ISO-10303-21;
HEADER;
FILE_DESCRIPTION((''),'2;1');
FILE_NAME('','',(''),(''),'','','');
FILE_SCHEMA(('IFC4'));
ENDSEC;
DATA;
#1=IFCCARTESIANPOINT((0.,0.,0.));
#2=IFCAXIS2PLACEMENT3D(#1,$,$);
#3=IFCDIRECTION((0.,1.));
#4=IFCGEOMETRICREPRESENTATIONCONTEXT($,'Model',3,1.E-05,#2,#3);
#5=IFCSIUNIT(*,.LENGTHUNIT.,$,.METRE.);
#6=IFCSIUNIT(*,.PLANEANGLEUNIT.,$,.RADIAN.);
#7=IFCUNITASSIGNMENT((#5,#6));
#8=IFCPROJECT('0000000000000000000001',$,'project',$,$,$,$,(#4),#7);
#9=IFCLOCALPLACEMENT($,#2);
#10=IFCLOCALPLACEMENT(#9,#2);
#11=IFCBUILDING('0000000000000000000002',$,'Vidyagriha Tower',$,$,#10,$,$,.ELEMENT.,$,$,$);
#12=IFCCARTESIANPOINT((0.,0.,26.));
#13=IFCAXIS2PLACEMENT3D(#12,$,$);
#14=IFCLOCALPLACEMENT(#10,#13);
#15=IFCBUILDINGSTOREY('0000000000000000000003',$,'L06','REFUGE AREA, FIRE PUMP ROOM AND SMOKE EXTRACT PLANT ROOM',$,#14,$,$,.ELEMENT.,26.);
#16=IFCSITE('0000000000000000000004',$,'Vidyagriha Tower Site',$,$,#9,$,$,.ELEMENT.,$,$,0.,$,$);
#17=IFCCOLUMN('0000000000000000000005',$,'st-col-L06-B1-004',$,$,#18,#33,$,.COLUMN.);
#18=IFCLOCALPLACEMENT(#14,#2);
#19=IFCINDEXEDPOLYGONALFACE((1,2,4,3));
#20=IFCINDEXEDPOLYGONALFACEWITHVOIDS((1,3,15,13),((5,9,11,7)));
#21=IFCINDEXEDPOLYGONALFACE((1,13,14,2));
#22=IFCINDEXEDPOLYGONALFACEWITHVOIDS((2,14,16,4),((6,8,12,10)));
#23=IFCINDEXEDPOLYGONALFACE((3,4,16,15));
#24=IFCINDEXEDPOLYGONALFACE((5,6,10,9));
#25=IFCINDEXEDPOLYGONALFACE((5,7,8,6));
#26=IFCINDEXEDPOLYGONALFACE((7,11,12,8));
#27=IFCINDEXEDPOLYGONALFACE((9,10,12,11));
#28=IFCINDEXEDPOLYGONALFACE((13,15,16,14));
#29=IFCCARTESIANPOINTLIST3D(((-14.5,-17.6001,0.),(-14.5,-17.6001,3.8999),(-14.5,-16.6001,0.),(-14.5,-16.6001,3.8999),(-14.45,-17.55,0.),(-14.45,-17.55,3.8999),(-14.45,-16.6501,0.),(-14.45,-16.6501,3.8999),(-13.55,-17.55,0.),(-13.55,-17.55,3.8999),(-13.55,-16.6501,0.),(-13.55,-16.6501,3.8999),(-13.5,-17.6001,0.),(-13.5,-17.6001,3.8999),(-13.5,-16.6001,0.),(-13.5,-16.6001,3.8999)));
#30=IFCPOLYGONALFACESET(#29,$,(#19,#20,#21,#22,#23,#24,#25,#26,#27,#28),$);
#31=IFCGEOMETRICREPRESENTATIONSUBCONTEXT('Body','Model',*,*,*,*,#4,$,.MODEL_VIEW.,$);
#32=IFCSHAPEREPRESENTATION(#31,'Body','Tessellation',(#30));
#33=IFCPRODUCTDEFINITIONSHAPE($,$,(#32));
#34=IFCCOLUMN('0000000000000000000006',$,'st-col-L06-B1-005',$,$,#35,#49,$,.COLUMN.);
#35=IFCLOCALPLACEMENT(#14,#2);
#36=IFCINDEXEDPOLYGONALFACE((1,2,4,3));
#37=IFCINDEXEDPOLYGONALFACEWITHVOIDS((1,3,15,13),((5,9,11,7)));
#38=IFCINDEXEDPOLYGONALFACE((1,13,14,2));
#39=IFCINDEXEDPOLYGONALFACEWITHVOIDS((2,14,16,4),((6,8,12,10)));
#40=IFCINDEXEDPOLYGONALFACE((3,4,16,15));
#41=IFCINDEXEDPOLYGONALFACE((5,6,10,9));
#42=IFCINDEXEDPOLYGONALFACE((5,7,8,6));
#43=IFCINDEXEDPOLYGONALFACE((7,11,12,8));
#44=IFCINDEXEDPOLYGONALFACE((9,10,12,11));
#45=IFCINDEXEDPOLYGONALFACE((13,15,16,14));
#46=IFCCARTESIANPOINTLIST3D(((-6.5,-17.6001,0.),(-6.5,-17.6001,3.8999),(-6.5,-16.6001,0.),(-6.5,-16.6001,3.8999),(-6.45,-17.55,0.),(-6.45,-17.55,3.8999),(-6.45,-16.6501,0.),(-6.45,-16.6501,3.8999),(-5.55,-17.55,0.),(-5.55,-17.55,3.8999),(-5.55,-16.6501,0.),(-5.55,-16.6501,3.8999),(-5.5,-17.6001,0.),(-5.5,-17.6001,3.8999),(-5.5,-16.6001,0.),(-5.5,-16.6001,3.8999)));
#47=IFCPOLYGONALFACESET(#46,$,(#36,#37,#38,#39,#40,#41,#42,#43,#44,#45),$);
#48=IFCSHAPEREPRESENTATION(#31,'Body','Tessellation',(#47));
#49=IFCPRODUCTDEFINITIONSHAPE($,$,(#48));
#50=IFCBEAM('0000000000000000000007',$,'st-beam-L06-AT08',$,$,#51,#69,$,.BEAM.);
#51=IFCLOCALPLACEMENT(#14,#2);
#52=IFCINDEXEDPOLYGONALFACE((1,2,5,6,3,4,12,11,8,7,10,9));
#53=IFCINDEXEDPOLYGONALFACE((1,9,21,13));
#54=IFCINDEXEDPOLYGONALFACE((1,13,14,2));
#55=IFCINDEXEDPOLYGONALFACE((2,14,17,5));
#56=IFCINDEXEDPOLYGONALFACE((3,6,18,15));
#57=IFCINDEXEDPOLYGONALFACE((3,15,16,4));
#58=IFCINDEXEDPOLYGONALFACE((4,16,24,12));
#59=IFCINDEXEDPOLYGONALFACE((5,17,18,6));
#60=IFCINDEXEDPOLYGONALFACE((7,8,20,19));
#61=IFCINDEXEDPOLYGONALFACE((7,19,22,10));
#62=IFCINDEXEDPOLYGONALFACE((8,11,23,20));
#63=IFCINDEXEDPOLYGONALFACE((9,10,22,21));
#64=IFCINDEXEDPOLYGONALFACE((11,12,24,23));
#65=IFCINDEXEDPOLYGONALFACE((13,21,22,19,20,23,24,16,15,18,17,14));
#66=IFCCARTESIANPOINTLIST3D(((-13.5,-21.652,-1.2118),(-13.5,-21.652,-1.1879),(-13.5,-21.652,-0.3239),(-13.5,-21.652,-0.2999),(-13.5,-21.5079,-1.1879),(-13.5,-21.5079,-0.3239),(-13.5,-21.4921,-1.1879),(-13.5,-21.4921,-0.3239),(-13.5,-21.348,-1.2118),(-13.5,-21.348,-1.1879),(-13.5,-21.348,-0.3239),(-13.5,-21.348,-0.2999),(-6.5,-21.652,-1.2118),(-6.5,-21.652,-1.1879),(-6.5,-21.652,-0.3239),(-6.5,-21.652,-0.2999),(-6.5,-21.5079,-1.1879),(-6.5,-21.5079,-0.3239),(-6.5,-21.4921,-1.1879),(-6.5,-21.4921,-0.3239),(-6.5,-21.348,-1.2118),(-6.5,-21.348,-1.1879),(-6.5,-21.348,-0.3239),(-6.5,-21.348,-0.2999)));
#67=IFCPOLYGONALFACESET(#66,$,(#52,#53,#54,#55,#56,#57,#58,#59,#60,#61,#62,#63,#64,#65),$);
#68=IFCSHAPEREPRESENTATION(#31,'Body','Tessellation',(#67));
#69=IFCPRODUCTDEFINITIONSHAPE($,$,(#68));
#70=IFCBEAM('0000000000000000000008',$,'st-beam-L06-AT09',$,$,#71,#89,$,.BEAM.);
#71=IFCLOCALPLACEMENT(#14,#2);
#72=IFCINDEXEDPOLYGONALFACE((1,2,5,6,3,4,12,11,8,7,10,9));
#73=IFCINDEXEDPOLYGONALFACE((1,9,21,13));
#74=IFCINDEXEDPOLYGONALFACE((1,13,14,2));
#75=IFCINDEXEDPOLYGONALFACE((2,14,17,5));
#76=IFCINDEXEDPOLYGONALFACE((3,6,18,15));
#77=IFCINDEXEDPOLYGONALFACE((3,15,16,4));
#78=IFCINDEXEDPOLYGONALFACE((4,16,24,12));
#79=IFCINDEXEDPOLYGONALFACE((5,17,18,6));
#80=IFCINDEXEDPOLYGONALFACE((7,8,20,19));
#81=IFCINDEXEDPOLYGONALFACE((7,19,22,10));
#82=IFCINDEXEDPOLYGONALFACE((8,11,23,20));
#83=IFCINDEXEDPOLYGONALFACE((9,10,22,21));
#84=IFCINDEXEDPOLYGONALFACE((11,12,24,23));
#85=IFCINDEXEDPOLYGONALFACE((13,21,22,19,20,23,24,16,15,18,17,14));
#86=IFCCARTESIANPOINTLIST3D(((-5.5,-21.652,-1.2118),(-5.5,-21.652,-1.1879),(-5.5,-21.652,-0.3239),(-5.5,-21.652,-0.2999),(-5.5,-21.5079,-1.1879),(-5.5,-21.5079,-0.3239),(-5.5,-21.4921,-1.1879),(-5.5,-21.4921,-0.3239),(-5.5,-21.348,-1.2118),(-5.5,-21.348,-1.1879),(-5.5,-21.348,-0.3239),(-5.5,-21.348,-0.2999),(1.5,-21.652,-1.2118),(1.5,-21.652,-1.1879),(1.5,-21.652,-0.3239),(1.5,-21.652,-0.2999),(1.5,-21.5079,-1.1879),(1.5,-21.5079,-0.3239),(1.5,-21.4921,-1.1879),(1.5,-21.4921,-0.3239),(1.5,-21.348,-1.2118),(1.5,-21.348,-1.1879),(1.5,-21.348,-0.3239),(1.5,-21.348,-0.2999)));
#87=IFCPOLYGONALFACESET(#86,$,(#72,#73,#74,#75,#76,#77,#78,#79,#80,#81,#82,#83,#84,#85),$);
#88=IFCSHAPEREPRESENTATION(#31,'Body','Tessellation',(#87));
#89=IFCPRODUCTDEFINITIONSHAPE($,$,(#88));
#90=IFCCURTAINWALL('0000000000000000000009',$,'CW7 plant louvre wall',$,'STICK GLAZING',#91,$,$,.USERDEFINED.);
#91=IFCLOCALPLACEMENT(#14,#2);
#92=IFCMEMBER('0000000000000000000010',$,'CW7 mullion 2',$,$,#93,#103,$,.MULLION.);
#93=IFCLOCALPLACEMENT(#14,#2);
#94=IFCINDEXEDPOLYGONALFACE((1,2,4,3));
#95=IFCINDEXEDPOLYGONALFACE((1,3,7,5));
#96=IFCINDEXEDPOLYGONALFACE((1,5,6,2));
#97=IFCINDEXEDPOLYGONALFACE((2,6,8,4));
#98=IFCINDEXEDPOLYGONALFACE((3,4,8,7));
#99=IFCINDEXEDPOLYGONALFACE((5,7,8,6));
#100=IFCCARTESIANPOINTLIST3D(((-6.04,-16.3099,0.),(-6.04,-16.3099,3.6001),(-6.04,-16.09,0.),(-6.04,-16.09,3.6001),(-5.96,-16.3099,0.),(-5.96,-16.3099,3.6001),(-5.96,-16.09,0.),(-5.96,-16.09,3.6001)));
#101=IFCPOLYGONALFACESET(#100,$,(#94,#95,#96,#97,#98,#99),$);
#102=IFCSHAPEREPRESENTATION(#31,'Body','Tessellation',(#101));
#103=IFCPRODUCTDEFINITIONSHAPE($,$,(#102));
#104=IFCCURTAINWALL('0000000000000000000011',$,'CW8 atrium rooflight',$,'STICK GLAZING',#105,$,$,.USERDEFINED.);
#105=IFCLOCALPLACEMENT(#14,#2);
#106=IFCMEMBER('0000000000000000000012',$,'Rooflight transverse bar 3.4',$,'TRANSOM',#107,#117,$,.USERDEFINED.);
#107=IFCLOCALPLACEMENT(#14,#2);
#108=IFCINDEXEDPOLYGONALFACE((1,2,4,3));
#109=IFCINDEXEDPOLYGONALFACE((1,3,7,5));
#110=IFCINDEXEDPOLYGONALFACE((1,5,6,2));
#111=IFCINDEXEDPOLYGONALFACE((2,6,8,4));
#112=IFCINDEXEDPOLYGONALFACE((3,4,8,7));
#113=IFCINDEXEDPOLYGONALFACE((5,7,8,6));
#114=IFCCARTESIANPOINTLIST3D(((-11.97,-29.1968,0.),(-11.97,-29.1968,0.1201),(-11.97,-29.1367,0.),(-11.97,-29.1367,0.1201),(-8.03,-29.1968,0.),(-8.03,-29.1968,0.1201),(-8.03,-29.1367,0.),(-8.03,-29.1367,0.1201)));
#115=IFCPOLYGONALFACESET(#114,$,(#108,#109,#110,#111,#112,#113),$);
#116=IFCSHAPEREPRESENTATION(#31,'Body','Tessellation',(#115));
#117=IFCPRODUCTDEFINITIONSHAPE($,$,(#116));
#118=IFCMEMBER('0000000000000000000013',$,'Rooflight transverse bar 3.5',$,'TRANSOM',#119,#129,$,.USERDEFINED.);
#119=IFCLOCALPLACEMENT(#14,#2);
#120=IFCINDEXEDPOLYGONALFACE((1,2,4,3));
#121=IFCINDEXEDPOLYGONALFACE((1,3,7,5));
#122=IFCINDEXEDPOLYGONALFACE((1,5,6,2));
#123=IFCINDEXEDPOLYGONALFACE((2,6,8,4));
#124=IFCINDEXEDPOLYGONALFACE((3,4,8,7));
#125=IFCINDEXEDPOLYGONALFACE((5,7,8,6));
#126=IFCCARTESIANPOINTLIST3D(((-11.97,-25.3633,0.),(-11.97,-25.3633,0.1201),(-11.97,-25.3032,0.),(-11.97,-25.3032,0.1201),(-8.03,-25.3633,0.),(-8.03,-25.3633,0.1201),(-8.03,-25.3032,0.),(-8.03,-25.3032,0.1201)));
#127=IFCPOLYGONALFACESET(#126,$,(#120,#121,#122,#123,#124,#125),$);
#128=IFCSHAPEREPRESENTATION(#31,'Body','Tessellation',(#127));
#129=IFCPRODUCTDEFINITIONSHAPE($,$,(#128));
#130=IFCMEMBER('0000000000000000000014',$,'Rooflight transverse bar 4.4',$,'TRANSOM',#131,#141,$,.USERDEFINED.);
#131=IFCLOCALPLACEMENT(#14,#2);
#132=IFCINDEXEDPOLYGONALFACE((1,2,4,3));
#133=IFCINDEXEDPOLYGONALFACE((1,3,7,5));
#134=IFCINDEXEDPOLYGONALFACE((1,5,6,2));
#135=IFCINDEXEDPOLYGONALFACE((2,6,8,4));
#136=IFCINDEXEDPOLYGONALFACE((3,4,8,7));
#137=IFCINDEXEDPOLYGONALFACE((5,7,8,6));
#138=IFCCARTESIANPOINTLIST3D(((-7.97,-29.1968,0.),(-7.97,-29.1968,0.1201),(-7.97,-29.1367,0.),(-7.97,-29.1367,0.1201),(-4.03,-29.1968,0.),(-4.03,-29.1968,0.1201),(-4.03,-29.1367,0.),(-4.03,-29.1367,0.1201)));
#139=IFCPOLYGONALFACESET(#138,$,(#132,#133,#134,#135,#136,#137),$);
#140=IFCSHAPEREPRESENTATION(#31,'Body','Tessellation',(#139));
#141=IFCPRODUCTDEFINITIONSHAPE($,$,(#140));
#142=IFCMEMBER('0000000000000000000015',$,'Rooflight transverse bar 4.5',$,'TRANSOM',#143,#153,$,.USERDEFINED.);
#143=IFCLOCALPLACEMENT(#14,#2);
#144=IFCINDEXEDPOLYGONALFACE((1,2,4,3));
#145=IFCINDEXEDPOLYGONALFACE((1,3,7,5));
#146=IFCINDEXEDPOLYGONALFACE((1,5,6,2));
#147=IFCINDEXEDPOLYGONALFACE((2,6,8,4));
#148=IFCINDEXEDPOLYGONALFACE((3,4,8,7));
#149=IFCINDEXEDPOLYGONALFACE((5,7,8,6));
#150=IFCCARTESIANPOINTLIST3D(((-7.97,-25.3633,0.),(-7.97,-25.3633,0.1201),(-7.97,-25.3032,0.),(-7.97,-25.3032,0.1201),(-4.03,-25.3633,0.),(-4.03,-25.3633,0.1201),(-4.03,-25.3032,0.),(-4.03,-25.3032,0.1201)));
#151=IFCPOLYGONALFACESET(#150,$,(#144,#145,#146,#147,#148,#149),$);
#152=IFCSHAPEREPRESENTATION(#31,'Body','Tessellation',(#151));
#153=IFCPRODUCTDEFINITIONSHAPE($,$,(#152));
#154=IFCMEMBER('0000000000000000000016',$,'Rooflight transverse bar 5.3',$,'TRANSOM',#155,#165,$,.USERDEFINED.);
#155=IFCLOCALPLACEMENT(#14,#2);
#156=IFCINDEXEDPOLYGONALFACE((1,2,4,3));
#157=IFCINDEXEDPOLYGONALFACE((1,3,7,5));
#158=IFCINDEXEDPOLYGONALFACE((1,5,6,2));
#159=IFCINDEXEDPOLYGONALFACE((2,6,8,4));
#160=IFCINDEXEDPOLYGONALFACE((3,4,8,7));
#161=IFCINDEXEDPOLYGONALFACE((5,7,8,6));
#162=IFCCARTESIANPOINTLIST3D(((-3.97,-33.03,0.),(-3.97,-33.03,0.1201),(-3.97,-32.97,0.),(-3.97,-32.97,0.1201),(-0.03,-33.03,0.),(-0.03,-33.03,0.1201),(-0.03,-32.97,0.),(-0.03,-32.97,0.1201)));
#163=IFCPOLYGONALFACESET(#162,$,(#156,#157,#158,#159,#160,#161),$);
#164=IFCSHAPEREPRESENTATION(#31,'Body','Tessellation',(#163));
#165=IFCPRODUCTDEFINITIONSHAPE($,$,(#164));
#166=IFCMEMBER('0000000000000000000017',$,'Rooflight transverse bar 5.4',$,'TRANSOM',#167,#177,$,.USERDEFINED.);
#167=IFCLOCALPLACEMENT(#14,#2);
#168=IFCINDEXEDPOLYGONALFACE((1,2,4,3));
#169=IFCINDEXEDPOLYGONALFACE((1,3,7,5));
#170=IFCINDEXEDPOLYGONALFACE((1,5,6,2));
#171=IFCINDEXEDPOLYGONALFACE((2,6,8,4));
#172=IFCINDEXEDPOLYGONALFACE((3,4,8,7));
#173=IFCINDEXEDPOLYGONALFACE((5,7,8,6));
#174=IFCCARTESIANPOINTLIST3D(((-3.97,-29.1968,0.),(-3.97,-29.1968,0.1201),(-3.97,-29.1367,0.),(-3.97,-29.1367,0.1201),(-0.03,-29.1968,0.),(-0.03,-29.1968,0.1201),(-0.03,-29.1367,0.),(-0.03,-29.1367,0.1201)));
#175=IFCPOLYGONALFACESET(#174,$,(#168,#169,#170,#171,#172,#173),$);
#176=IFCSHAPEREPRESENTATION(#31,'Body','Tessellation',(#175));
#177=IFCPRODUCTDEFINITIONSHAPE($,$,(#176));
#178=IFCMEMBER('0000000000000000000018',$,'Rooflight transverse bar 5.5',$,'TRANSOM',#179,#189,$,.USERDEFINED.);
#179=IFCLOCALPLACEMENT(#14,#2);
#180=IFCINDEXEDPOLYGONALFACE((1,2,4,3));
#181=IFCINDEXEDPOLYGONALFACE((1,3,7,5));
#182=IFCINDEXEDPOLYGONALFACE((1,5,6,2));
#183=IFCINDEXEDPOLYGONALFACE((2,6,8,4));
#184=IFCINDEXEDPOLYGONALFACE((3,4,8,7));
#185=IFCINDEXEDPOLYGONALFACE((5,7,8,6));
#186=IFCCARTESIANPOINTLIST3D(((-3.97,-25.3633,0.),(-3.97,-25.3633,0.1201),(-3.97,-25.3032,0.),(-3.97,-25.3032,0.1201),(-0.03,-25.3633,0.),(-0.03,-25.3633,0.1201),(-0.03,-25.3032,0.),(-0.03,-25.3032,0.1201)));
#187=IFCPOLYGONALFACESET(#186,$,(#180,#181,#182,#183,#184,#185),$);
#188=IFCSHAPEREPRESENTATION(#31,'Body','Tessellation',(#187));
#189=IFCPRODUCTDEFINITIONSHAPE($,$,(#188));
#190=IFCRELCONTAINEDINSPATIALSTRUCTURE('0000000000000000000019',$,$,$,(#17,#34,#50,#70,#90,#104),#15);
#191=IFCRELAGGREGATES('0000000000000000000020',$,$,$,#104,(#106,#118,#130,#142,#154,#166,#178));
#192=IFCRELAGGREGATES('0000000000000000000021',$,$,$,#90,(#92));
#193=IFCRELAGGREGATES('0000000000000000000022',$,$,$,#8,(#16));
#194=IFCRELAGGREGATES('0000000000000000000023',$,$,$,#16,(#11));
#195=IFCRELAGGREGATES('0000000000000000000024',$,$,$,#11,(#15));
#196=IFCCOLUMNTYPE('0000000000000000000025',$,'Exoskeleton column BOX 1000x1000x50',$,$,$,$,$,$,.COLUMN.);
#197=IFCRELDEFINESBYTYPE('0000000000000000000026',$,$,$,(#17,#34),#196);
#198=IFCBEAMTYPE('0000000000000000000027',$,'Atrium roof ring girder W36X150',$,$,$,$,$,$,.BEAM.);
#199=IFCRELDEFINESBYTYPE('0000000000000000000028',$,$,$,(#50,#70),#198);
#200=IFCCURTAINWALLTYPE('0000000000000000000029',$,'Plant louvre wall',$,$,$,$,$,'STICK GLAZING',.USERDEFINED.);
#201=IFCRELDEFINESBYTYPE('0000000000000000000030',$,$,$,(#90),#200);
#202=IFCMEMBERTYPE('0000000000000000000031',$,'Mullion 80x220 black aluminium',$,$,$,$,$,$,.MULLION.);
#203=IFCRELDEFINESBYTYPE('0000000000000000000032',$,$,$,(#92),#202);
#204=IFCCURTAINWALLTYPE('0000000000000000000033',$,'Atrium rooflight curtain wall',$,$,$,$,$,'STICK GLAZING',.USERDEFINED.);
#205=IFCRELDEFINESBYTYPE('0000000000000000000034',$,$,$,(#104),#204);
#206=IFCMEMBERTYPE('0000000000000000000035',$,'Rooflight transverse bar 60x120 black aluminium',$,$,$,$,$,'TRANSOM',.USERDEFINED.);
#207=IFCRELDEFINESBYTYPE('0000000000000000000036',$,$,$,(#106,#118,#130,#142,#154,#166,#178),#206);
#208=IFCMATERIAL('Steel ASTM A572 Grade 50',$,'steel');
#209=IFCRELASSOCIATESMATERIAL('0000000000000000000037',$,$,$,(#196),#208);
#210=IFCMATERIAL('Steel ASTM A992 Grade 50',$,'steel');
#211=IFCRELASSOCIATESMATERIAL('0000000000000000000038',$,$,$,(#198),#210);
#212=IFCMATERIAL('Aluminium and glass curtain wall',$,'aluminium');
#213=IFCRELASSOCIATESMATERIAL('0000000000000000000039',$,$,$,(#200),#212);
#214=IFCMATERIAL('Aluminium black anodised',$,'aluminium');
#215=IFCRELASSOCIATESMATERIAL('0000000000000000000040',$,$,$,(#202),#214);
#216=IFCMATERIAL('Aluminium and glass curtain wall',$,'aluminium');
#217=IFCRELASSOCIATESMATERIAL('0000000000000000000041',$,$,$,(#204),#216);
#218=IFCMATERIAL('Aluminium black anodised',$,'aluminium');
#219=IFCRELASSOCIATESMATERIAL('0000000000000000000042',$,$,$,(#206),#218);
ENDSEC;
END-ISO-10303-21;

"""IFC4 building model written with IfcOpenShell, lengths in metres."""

from ifc_helpers import new_model, si_unit, direction, frame, origin, origin_2d, place, context, subcontext, project, spatial, rectangle, hollow_rectangle, i_section, extrude, material, material_profile, profile_set, type_object, element, aggregate, save


model = new_model("IFC4")

# Units and contexts
model_context = context("Model", 3, precision=1e-05, world=origin(), true_north=direction((0.0, 1.0)))
body_context = subcontext(model_context, "Body", "Model", "MODEL_VIEW")
ifc_project = project(units=[si_unit("LENGTHUNIT", "METRE"), si_unit("PLANEANGLEUNIT", "RADIAN")], contexts=[model_context])

# Site, building, storey
site_placement = place(None, origin())
site = spatial("IfcSite", under=ifc_project, at=site_placement, Name="Vidyagriha Tower Site", CompositionType="ELEMENT", RefElevation=0.0)
building_placement = place(site_placement, origin())
building = spatial("IfcBuilding", under=site, at=building_placement, Name="Vidyagriha Tower", CompositionType="ELEMENT")
storey_placement = place(building_placement, frame((0.0, 0.0, 26.0)))
storey = spatial("IfcBuildingStorey", under=building, at=storey_placement, Name="L06", Description="REFUGE AREA, FIRE PUMP ROOM AND SMOKE EXTRACT PLANT ROOM", CompositionType="ELEMENT", Elevation=26.0)

# Columns
ifc_material_1 = material(Name="Steel ASTM A572 Grade 50", Category="steel")
ifc_material_profile_1 = material_profile(ifc_material_1, hollow_rectangle(XDim=1.0, YDim=1.0, WallThickness=0.05, at=origin_2d()), Name="BOX 1000x1000x50")
ifc_profile_set_1 = profile_set([ifc_material_profile_1], Name="Steel ASTM A572 Grade 50")
column_type = type_object("IfcColumnType", Name="Exoskeleton column BOX 1000x1000x50", PredefinedType="COLUMN", material=ifc_profile_set_1)
for number, where, name in (
    (1, (-14.0, -17.1001, 0.0), "st-col-L06-B1-004"),
    (2, (-6.0, -17.1001, 0.0), "st-col-L06-B1-005"),
):
    element("IfcColumn", number, at=place(storey_placement, frame(where)), inside=storey, type_object=column_type, Name=name, PredefinedType="COLUMN", context=body_context, shape_type="SweptSolid", body=[
        extrude(hollow_rectangle(XDim=1.0, YDim=1.0, WallThickness=0.05, at=origin_2d()), origin(), (0.0, 0.0, 1.0), 3.8999),
    ])

# Beams
ifc_material_2 = material(Name="Steel ASTM A992 Grade 50", Category="steel")
ifc_material_profile_2 = material_profile(ifc_material_2, i_section(OverallWidth=0.304, OverallDepth=0.9119, WebThickness=0.0159, FlangeThickness=0.0239, at=origin_2d()), Name="W36X150")
ifc_profile_set_2 = profile_set([ifc_material_profile_2], Name="Steel ASTM A992 Grade 50")
beam_type = type_object("IfcBeamType", Name="Atrium roof ring girder W36X150", PredefinedType="BEAM", material=ifc_profile_set_2)
for number, where, z_axis, x_axis, name in (
    (3, (-13.5, -21.5, -0.7559), (1.0, 0.0, 0.0), (0.0, 1.0, 0.0), "st-beam-L06-AT08"),
    (4, (-5.5, -21.5, -0.7559), (1.0, 0.0, 0.0), (0.0, 1.0, 0.0), "st-beam-L06-AT09"),
):
    element("IfcBeam", number, at=place(storey_placement, frame(where, z_axis=z_axis, x_axis=x_axis)), inside=storey, type_object=beam_type, Name=name, PredefinedType="BEAM", context=body_context, shape_type="SweptSolid", body=[
        extrude(i_section(OverallWidth=0.304, OverallDepth=0.9119, WebThickness=0.0159, FlangeThickness=0.0239, at=origin_2d()), origin(), (0.0, 0.0, 1.0), 7.0),
    ])

# Curtain wall, member
ifc_material_3 = material(Name="Aluminium and glass curtain wall", Category="aluminium")
curtain_wall_type_1 = type_object("IfcCurtainWallType", Name="Plant louvre wall", ElementType="STICK GLAZING", PredefinedType="USERDEFINED", material=ifc_material_3)
curtain_wall_1_placement = place(storey_placement, origin())
curtain_wall_1 = element("IfcCurtainWall", 5, at=curtain_wall_1_placement, inside=storey, type_object=curtain_wall_type_1, Name="CW7 plant louvre wall", ObjectType="STICK GLAZING", PredefinedType="USERDEFINED")
ifc_material_4 = material(Name="Aluminium black anodised", Category="aluminium")
ifc_material_profile_3 = material_profile(ifc_material_4, rectangle(XDim=0.22, YDim=0.0801, at=origin_2d()), Name="Mullion 80x220 black aluminium")
ifc_profile_set_3 = profile_set([ifc_material_profile_3], Name="Aluminium black anodised")
member_type_1 = type_object("IfcMemberType", Name="Mullion 80x220 black aluminium", PredefinedType="MULLION", material=ifc_profile_set_3)
member_1_placement = place(storey_placement, frame((-6.0, -16.2, 0.0), z_axis=(0.0, 0.0, 1.0), x_axis=(0.0, 1.0, 0.0)))
member_1 = element("IfcMember", 6, at=member_1_placement, type_object=member_type_1, Name="CW7 mullion 2", PredefinedType="MULLION", context=body_context, shape_type="SweptSolid", body=[
    extrude(rectangle(XDim=0.22, YDim=0.0801, at=origin_2d()), origin(), (0.0, 0.0, 1.0), 3.6001),
])

# Curtain wall, members
ifc_material_5 = material(Name="Aluminium and glass curtain wall", Category="aluminium")
curtain_wall_type_2 = type_object("IfcCurtainWallType", Name="Atrium rooflight curtain wall", ElementType="STICK GLAZING", PredefinedType="USERDEFINED", material=ifc_material_5)
curtain_wall_2_placement = place(storey_placement, origin())
curtain_wall_2 = element("IfcCurtainWall", 7, at=curtain_wall_2_placement, inside=storey, type_object=curtain_wall_type_2, Name="CW8 atrium rooflight", ObjectType="STICK GLAZING", PredefinedType="USERDEFINED")
ifc_material_6 = material(Name="Aluminium black anodised", Category="aluminium")
ifc_material_profile_4 = material_profile(ifc_material_6, rectangle(XDim=0.0601, YDim=0.1201, at=origin_2d()), Name="Rooflight transverse bar 60x120 black aluminium")
ifc_profile_set_4 = profile_set([ifc_material_profile_4], Name="Aluminium black anodised")
member_type_2 = type_object("IfcMemberType", Name="Rooflight transverse bar 60x120 black aluminium", ElementType="TRANSOM", PredefinedType="USERDEFINED", material=ifc_profile_set_4)
member_2_placement = place(storey_placement, frame((-11.97, -29.1667, 0.0601), z_axis=(1.0, 0.0, 0.0), x_axis=(0.0, 1.0, 0.0)))
member_2 = element("IfcMember", 8, at=member_2_placement, type_object=member_type_2, Name="Rooflight transverse bar 3.4", ObjectType="TRANSOM", PredefinedType="USERDEFINED", context=body_context, shape_type="SweptSolid", body=[
    extrude(rectangle(XDim=0.0601, YDim=0.1201, at=origin_2d()), origin(), (0.0, 0.0, 1.0), 3.9399),
])
member_3_placement = place(storey_placement, frame((-11.97, -25.3333, 0.0601), z_axis=(1.0, 0.0, 0.0), x_axis=(0.0, 1.0, 0.0)))
member_3 = element("IfcMember", 9, at=member_3_placement, type_object=member_type_2, Name="Rooflight transverse bar 3.5", ObjectType="TRANSOM", PredefinedType="USERDEFINED", context=body_context, shape_type="SweptSolid", body=[
    extrude(rectangle(XDim=0.0601, YDim=0.1201, at=origin_2d()), origin(), (0.0, 0.0, 1.0), 3.9399),
])
member_4_placement = place(storey_placement, frame((-7.97, -29.1667, 0.0601), z_axis=(1.0, 0.0, 0.0), x_axis=(0.0, 1.0, 0.0)))
member_4 = element("IfcMember", 10, at=member_4_placement, type_object=member_type_2, Name="Rooflight transverse bar 4.4", ObjectType="TRANSOM", PredefinedType="USERDEFINED", context=body_context, shape_type="SweptSolid", body=[
    extrude(rectangle(XDim=0.0601, YDim=0.1201, at=origin_2d()), origin(), (0.0, 0.0, 1.0), 3.9399),
])
member_5_placement = place(storey_placement, frame((-7.97, -25.3333, 0.0601), z_axis=(1.0, 0.0, 0.0), x_axis=(0.0, 1.0, 0.0)))
member_5 = element("IfcMember", 11, at=member_5_placement, type_object=member_type_2, Name="Rooflight transverse bar 4.5", ObjectType="TRANSOM", PredefinedType="USERDEFINED", context=body_context, shape_type="SweptSolid", body=[
    extrude(rectangle(XDim=0.0601, YDim=0.1201, at=origin_2d()), origin(), (0.0, 0.0, 1.0), 3.9399),
])
member_6_placement = place(storey_placement, frame((-3.97, -33.0, 0.0601), z_axis=(1.0, 0.0, 0.0), x_axis=(0.0, 1.0, 0.0)))
member_6 = element("IfcMember", 12, at=member_6_placement, type_object=member_type_2, Name="Rooflight transverse bar 5.3", ObjectType="TRANSOM", PredefinedType="USERDEFINED", context=body_context, shape_type="SweptSolid", body=[
    extrude(rectangle(XDim=0.0601, YDim=0.1201, at=origin_2d()), origin(), (0.0, 0.0, 1.0), 3.9399),
])
member_7_placement = place(storey_placement, frame((-3.97, -29.1667, 0.0601), z_axis=(1.0, 0.0, 0.0), x_axis=(0.0, 1.0, 0.0)))
member_7 = element("IfcMember", 13, at=member_7_placement, type_object=member_type_2, Name="Rooflight transverse bar 5.4", ObjectType="TRANSOM", PredefinedType="USERDEFINED", context=body_context, shape_type="SweptSolid", body=[
    extrude(rectangle(XDim=0.0601, YDim=0.1201, at=origin_2d()), origin(), (0.0, 0.0, 1.0), 3.9399),
])
member_8_placement = place(storey_placement, frame((-3.97, -25.3333, 0.0601), z_axis=(1.0, 0.0, 0.0), x_axis=(0.0, 1.0, 0.0)))
member_8 = element("IfcMember", 14, at=member_8_placement, type_object=member_type_2, Name="Rooflight transverse bar 5.5", ObjectType="TRANSOM", PredefinedType="USERDEFINED", context=body_context, shape_type="SweptSolid", body=[
    extrude(rectangle(XDim=0.0601, YDim=0.1201, at=origin_2d()), origin(), (0.0, 0.0, 1.0), 3.9399),
])

aggregate(curtain_wall_2, [member_2, member_3, member_4, member_5, member_6, member_7, member_8])
aggregate(curtain_wall_1, [member_1])

save(model, "model.ifc")
